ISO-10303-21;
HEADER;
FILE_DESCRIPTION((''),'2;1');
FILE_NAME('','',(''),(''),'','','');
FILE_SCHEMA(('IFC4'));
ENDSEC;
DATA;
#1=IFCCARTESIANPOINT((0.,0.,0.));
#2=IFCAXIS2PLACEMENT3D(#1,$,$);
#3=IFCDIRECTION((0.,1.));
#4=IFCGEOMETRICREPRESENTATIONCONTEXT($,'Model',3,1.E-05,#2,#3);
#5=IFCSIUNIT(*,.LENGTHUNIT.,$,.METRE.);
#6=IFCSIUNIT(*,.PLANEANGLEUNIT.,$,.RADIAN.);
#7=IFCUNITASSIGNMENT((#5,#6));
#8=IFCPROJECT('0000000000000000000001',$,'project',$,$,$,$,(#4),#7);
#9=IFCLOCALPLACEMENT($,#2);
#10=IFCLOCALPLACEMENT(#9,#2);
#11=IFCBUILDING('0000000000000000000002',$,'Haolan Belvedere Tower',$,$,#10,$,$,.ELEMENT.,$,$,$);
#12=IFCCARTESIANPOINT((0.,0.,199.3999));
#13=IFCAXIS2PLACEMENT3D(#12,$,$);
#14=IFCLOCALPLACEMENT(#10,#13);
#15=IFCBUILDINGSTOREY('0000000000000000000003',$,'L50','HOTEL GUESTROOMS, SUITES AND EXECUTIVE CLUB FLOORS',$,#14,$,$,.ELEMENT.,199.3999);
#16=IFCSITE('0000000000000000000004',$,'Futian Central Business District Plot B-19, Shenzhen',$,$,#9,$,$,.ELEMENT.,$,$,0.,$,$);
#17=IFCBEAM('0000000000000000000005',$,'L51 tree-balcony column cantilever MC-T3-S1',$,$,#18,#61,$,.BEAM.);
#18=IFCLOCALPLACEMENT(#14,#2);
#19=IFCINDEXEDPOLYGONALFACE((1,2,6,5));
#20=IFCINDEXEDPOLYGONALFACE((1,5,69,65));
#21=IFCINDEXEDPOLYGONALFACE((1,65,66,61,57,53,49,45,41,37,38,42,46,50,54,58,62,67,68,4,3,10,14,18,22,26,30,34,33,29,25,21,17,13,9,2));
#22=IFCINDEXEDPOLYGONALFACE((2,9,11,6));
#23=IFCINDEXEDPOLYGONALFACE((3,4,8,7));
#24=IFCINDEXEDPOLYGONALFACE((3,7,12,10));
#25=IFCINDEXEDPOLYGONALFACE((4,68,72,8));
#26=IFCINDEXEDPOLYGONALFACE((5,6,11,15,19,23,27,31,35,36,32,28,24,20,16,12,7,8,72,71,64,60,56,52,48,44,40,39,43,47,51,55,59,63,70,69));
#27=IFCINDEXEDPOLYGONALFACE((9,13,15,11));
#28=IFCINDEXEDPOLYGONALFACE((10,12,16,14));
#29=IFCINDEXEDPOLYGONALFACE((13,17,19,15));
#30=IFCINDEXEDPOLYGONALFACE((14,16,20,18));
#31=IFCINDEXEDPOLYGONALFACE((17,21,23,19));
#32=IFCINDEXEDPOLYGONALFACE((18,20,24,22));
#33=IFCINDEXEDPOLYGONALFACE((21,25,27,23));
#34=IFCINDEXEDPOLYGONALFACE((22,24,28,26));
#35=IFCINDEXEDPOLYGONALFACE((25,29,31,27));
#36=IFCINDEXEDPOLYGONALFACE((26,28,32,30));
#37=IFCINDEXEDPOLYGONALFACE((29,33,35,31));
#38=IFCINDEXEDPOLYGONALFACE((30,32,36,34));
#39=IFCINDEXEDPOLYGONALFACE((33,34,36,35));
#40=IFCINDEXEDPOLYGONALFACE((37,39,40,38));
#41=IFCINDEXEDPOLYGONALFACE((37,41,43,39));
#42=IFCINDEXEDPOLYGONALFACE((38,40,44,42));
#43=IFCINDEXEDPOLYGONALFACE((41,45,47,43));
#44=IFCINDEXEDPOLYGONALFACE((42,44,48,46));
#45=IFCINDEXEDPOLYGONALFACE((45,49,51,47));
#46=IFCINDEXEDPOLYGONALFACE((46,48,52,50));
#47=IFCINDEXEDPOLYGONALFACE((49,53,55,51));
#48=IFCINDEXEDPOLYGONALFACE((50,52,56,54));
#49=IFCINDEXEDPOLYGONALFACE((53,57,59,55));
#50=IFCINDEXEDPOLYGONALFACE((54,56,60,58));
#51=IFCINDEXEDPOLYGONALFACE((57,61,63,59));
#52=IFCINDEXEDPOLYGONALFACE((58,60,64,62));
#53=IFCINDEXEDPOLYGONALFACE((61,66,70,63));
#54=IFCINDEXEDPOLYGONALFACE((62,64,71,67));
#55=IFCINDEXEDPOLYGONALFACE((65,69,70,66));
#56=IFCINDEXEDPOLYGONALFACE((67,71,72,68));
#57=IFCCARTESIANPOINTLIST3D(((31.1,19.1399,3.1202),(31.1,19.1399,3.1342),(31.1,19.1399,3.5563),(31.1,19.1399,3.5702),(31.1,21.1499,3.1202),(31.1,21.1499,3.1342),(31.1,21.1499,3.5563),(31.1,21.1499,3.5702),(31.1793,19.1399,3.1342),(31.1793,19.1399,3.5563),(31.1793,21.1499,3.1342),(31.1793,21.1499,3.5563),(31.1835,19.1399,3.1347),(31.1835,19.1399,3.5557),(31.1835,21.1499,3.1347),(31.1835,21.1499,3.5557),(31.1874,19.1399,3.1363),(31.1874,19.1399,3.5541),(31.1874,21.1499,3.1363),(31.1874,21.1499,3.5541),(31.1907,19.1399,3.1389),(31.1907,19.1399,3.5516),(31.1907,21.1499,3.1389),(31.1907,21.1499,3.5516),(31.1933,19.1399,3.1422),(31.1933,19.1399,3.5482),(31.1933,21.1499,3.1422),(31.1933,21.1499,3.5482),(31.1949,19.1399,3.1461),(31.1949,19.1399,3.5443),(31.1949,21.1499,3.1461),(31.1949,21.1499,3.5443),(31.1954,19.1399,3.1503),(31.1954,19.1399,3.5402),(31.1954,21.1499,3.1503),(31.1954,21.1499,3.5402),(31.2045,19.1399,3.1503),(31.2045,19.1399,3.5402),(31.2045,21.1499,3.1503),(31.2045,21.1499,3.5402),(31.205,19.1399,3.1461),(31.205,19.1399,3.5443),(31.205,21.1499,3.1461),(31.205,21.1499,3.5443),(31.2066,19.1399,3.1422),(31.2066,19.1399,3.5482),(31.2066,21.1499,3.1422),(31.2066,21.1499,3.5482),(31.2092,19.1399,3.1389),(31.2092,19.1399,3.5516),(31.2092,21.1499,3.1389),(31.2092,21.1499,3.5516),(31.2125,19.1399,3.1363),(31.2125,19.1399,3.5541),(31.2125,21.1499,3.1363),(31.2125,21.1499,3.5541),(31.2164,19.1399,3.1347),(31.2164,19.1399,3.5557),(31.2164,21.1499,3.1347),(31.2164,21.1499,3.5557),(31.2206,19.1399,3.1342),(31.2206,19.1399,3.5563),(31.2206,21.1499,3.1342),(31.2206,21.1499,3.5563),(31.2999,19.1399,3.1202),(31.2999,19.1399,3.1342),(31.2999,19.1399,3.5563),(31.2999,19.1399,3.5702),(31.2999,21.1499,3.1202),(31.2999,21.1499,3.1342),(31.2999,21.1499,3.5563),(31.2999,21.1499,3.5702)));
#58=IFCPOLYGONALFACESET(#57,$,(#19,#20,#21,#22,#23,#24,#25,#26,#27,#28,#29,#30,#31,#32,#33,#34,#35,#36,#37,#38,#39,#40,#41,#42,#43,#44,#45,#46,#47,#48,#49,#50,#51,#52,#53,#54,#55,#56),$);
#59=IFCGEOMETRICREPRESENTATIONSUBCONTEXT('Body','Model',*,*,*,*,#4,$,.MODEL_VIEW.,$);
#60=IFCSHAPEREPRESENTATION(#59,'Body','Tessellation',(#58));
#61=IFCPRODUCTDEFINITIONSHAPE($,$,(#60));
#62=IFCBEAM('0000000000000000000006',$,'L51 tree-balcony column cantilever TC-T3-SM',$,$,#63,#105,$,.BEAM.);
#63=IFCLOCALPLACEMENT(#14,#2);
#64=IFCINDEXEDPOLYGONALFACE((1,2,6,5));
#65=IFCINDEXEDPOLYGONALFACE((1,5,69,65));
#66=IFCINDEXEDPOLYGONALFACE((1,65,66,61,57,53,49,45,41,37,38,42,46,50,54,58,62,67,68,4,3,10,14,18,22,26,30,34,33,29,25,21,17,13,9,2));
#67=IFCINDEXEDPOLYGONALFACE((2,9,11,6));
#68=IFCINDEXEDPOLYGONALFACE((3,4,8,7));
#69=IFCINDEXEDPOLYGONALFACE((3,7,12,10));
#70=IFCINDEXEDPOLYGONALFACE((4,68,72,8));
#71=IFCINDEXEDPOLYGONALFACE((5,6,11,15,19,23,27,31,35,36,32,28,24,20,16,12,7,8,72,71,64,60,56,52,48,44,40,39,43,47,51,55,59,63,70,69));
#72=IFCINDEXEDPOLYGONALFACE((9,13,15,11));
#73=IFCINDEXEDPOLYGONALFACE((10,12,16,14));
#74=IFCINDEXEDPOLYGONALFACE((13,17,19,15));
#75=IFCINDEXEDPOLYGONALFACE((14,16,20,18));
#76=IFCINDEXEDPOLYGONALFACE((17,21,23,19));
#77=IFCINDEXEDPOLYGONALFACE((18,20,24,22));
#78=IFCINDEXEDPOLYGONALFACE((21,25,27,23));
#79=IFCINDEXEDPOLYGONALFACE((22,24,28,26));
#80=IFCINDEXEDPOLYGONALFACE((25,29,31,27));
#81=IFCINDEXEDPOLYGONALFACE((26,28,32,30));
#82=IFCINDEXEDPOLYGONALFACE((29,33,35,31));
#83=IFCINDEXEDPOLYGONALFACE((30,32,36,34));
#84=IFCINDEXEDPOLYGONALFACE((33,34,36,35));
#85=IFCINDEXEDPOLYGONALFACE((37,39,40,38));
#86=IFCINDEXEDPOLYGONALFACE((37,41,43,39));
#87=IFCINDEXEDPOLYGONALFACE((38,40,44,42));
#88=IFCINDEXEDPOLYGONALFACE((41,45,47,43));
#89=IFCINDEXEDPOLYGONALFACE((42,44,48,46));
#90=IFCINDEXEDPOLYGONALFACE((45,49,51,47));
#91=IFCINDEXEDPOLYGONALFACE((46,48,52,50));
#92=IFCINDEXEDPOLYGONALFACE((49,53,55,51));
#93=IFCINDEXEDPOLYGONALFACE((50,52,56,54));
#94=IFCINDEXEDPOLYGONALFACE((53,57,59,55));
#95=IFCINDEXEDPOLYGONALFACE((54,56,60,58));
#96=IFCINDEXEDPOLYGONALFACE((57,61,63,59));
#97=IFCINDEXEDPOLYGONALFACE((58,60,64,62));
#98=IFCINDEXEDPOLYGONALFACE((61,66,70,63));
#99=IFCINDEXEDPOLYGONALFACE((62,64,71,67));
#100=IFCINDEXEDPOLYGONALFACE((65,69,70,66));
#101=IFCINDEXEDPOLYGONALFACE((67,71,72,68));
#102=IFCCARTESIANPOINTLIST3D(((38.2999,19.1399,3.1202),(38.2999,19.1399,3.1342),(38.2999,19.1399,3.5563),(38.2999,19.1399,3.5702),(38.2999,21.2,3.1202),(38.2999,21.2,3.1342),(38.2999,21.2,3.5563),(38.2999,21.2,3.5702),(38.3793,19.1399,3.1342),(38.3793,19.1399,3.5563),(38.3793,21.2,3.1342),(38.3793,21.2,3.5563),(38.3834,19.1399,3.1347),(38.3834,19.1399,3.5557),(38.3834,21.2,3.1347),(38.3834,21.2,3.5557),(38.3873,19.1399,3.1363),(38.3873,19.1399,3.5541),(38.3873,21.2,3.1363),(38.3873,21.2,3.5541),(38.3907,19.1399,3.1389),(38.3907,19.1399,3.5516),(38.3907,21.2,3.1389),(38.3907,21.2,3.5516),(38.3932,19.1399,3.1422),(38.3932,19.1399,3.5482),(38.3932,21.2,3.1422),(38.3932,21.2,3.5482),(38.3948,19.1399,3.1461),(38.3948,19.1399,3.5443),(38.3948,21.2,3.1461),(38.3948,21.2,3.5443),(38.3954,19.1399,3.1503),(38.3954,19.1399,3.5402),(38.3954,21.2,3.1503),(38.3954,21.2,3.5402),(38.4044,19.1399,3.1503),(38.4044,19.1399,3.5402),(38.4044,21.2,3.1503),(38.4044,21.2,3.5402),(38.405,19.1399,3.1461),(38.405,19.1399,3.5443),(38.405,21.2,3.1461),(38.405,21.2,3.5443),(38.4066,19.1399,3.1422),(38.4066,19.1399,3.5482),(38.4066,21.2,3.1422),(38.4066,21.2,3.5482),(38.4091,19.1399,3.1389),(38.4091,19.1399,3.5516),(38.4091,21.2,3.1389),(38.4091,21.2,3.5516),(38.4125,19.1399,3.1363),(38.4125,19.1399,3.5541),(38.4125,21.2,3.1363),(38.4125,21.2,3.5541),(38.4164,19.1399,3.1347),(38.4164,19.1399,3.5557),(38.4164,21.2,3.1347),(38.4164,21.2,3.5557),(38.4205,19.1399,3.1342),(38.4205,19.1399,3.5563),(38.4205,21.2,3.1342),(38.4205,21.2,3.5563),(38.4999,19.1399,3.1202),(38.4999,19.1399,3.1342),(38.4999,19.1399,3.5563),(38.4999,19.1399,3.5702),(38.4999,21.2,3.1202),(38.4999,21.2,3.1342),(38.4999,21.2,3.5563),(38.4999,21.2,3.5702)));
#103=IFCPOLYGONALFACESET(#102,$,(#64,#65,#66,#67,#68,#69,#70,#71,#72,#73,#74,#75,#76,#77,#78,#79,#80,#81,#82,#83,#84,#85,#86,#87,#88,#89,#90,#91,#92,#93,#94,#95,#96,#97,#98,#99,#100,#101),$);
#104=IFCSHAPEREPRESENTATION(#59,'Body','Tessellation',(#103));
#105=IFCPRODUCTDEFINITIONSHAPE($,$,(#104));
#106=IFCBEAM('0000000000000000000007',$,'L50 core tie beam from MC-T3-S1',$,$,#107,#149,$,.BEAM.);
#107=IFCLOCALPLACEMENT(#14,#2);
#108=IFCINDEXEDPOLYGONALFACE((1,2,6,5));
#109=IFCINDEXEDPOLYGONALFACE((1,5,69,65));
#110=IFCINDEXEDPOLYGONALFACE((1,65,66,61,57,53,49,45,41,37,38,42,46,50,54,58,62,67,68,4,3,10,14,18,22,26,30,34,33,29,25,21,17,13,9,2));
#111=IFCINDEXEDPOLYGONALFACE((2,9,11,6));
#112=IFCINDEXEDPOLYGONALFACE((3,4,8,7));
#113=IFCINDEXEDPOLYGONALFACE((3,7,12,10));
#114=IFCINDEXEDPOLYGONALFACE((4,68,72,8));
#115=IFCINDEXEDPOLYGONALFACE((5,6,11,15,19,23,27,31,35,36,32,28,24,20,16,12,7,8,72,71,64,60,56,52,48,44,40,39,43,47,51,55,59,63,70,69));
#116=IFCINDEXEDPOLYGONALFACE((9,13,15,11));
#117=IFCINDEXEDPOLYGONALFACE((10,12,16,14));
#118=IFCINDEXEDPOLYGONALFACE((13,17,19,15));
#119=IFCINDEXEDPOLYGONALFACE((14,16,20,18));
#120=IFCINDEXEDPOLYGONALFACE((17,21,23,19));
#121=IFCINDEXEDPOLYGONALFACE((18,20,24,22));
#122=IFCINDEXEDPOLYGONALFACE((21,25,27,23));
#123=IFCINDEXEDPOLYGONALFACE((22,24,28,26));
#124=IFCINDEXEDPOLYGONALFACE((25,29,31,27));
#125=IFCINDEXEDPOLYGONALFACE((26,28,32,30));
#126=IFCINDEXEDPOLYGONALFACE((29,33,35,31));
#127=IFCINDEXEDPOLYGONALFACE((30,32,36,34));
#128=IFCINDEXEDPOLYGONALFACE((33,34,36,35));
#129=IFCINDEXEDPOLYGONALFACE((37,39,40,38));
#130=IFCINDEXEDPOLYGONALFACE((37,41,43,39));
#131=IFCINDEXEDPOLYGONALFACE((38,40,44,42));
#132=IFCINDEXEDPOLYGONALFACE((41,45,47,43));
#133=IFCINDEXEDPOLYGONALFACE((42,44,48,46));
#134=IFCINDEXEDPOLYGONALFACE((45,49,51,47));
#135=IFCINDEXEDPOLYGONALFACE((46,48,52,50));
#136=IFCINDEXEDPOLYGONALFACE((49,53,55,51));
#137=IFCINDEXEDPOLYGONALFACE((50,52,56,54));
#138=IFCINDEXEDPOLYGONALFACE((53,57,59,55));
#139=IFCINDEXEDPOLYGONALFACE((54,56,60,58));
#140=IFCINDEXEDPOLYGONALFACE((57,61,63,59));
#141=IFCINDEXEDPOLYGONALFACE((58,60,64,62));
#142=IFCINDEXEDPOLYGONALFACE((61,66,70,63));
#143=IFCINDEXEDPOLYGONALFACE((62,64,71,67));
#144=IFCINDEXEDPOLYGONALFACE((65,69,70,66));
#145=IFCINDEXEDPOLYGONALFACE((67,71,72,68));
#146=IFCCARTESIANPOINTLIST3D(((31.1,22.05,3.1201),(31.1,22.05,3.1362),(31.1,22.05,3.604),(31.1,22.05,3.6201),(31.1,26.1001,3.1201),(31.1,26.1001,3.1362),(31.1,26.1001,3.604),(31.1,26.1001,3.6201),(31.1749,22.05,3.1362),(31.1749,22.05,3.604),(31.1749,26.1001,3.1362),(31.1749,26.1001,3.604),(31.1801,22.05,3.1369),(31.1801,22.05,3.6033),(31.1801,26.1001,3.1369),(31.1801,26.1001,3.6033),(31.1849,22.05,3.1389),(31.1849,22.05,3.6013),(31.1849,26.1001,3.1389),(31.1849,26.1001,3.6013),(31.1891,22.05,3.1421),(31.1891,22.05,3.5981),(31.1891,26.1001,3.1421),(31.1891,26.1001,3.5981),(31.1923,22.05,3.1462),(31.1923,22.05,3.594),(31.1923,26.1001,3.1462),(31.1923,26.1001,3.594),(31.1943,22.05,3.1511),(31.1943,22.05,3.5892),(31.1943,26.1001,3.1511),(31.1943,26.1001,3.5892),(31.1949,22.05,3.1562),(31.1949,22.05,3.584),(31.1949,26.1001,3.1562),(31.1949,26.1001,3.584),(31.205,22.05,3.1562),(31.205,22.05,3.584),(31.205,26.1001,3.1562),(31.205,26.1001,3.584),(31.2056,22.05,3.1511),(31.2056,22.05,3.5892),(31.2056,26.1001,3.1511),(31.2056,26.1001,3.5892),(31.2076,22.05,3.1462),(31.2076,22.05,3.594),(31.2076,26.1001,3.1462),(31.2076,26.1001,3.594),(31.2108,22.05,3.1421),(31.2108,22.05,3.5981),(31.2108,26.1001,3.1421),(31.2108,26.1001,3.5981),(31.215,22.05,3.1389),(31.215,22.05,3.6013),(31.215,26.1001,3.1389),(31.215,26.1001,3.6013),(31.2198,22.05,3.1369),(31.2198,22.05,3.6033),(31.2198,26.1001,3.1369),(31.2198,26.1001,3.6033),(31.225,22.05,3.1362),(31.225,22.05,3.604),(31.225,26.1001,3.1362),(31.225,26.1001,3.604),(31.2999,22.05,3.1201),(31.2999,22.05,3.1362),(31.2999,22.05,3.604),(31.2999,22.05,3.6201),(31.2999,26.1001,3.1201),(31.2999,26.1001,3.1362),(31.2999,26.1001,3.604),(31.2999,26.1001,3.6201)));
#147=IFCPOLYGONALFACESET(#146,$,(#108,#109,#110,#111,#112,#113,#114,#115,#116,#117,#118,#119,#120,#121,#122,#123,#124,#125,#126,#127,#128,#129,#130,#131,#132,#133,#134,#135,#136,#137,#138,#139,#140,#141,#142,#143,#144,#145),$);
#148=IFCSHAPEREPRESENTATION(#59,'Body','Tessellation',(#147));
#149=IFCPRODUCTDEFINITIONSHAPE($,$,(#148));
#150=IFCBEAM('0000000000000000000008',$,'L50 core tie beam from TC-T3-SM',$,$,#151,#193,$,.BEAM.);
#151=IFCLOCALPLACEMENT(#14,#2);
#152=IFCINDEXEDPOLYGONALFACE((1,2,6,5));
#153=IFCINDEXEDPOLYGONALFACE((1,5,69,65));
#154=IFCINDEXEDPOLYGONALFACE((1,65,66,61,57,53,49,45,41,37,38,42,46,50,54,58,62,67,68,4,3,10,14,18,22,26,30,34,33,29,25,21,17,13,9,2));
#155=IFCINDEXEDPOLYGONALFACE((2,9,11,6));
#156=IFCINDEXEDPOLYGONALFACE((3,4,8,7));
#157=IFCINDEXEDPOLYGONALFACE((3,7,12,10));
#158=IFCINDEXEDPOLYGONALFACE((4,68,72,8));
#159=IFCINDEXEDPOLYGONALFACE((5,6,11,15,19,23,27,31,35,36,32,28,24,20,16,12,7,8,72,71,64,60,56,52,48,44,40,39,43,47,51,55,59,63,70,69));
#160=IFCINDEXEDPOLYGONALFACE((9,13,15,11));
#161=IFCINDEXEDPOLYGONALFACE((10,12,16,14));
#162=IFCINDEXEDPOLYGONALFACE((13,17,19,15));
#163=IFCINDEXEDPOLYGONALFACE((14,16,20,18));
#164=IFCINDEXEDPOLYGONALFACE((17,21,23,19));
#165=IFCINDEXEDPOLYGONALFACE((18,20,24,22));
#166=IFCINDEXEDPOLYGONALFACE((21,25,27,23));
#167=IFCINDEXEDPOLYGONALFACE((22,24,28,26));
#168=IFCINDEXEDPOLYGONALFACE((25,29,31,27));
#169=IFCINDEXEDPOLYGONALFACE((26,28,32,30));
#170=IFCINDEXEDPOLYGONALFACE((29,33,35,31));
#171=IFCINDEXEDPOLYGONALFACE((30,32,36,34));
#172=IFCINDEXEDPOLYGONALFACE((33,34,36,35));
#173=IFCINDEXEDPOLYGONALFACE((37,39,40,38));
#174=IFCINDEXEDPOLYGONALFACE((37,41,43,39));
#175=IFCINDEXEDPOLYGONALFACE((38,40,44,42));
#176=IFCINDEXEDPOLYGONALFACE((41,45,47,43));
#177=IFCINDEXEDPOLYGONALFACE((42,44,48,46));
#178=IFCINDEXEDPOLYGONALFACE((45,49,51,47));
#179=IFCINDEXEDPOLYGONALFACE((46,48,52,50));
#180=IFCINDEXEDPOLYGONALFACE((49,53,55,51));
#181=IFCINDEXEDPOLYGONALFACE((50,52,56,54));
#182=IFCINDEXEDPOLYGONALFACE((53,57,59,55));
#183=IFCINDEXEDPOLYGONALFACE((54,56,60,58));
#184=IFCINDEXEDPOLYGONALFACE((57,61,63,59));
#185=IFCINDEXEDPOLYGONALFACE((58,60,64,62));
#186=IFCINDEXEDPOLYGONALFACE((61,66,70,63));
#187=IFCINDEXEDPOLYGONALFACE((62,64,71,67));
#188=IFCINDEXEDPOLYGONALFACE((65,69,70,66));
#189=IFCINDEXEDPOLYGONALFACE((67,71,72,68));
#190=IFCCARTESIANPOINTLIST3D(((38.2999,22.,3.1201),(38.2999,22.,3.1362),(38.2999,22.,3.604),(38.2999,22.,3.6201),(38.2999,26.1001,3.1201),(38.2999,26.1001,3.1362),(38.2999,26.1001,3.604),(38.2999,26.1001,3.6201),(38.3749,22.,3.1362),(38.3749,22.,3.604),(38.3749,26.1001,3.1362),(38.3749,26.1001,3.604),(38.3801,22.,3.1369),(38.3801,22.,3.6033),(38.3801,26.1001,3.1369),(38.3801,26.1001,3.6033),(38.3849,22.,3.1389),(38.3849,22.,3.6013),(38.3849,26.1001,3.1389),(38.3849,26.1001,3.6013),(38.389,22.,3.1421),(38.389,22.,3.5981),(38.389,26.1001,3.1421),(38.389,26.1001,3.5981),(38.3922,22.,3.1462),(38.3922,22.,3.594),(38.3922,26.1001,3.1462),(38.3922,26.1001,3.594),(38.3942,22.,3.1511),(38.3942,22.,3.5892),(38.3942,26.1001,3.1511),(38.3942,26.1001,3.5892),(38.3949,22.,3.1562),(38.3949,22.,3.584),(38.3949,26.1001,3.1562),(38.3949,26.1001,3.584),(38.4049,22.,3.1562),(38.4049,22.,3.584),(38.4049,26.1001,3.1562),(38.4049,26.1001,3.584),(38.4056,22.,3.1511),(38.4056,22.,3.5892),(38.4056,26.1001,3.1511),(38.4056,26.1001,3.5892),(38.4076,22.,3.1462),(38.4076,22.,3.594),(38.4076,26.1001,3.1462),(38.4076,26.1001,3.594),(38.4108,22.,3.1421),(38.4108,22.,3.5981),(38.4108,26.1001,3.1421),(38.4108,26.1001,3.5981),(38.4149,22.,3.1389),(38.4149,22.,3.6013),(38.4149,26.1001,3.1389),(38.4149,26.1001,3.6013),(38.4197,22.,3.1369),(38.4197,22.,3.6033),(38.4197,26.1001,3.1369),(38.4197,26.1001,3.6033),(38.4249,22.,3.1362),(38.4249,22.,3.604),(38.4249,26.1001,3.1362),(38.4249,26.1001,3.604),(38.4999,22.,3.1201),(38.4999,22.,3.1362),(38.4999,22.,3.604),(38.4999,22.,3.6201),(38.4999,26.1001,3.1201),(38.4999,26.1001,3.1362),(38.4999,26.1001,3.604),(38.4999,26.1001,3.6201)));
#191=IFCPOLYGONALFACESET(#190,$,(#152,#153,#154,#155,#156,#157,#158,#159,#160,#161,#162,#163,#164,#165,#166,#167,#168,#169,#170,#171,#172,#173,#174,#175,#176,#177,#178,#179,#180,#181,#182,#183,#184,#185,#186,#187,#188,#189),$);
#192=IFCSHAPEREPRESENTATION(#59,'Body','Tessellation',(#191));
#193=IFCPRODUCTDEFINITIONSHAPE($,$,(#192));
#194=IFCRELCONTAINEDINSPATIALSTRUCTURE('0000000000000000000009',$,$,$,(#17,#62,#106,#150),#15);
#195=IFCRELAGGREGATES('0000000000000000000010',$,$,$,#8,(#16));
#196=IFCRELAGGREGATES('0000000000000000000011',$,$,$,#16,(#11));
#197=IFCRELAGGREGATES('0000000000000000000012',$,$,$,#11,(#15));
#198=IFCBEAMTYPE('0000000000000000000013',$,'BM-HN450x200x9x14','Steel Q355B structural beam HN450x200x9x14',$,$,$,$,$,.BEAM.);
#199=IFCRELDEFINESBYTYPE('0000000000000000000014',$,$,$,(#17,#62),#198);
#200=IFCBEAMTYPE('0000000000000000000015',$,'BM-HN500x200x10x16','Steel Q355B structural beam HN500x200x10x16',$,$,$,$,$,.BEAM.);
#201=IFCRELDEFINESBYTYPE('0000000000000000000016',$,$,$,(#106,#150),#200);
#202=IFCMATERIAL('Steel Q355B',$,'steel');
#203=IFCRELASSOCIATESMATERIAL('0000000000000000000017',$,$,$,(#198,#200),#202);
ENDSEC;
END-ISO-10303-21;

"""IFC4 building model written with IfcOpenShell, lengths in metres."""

from ifc_helpers import new_model, si_unit, direction, frame, origin, origin_2d, place, context, subcontext, project, spatial, i_section, extrude, material, material_profile, profile_set, type_object, element, save


model = new_model("IFC4")

# Units and contexts
model_context = context("Model", 3, precision=1e-05, world=origin(), true_north=direction((0.0, 1.0)))
body_context = subcontext(model_context, "Body", "Model", "MODEL_VIEW")
ifc_project = project(units=[si_unit("LENGTHUNIT", "METRE"), si_unit("PLANEANGLEUNIT", "RADIAN")], contexts=[model_context])

# Site, building, storey
site_placement = place(None, origin())
site = spatial("IfcSite", under=ifc_project, at=site_placement, Name="Futian Central Business District Plot B-19, Shenzhen", CompositionType="ELEMENT", RefElevation=0.0)
building_placement = place(site_placement, origin())
building = spatial("IfcBuilding", under=site, at=building_placement, Name="Haolan Belvedere Tower", CompositionType="ELEMENT")
storey_placement = place(building_placement, frame((0.0, 0.0, 199.3999)))
storey = spatial("IfcBuildingStorey", under=building, at=storey_placement, Name="L50", Description="HOTEL GUESTROOMS, SUITES AND EXECUTIVE CLUB FLOORS", CompositionType="ELEMENT", Elevation=199.3999)

# Beams
ifc_material_1 = material(Name="Steel Q355B", Category="steel")
ifc_material_profile_1 = material_profile(ifc_material_1, i_section(OverallWidth=0.2, OverallDepth=0.45, WebThickness=0.009, FlangeThickness=0.0139, FilletRadius=0.0161, at=origin_2d()), Name="Steel Q355B")
ifc_profile_set_1 = profile_set([ifc_material_profile_1], Name="Steel Q355B")
beam_type_1 = type_object("IfcBeamType", Name="BM-HN450x200x9x14", Description="Steel Q355B structural beam HN450x200x9x14", PredefinedType="BEAM", material=ifc_profile_set_1)
beam_1_placement = place(storey_placement, frame((31.2, 21.1499, 3.3452), z_axis=(0.0, -1.0, 0.0), x_axis=(1.0, 0.0, 0.0)))
element("IfcBeam", 1, at=beam_1_placement, inside=storey, type_object=beam_type_1, Name="L51 tree-balcony column cantilever MC-T3-S1", PredefinedType="BEAM", context=body_context, shape_type="SweptSolid", body=[
    extrude(i_section(OverallWidth=0.2, OverallDepth=0.45, WebThickness=0.009, FlangeThickness=0.0139, FilletRadius=0.0161, at=origin_2d()), origin(), (0.0, 0.0, 1.0), 2.01),
])
beam_2_placement = place(storey_placement, frame((38.3999, 21.2, 3.3452), z_axis=(0.0, -1.0, 0.0), x_axis=(1.0, 0.0, 0.0)))
element("IfcBeam", 2, at=beam_2_placement, inside=storey, type_object=beam_type_1, Name="L51 tree-balcony column cantilever TC-T3-SM", PredefinedType="BEAM", context=body_context, shape_type="SweptSolid", body=[
    extrude(i_section(OverallWidth=0.2, OverallDepth=0.45, WebThickness=0.009, FlangeThickness=0.0139, FilletRadius=0.0161, at=origin_2d()), origin(), (0.0, 0.0, 1.0), 2.0601),
])
ifc_material_profile_2 = material_profile(ifc_material_1, i_section(OverallWidth=0.2, OverallDepth=0.5, WebThickness=0.01, FlangeThickness=0.0161, FilletRadius=0.02, at=origin_2d()), Name="Steel Q355B")
ifc_profile_set_2 = profile_set([ifc_material_profile_2], Name="Steel Q355B")
beam_type_2 = type_object("IfcBeamType", Name="BM-HN500x200x10x16", Description="Steel Q355B structural beam HN500x200x10x16", PredefinedType="BEAM", material=ifc_profile_set_2)
beam_3_placement = place(storey_placement, frame((31.2, 22.05, 3.3701), z_axis=(0.0, 1.0, 0.0), x_axis=(-1.0, 0.0, 0.0)))
element("IfcBeam", 3, at=beam_3_placement, inside=storey, type_object=beam_type_2, Name="L50 core tie beam from MC-T3-S1", PredefinedType="BEAM", context=body_context, shape_type="SweptSolid", body=[
    extrude(i_section(OverallWidth=0.2, OverallDepth=0.5, WebThickness=0.01, FlangeThickness=0.0161, FilletRadius=0.02, at=origin_2d()), origin(), (0.0, 0.0, 1.0), 4.05),
])
beam_4_placement = place(storey_placement, frame((38.3999, 22.0, 3.3701), z_axis=(0.0, 1.0, 0.0), x_axis=(-1.0, 0.0, 0.0)))
element("IfcBeam", 4, at=beam_4_placement, inside=storey, type_object=beam_type_2, Name="L50 core tie beam from TC-T3-SM", PredefinedType="BEAM", context=body_context, shape_type="SweptSolid", body=[
    extrude(i_section(OverallWidth=0.2, OverallDepth=0.5, WebThickness=0.01, FlangeThickness=0.0161, FilletRadius=0.02, at=origin_2d()), origin(), (0.0, 0.0, 1.0), 4.1001),
])

save(model, "model.ifc")
